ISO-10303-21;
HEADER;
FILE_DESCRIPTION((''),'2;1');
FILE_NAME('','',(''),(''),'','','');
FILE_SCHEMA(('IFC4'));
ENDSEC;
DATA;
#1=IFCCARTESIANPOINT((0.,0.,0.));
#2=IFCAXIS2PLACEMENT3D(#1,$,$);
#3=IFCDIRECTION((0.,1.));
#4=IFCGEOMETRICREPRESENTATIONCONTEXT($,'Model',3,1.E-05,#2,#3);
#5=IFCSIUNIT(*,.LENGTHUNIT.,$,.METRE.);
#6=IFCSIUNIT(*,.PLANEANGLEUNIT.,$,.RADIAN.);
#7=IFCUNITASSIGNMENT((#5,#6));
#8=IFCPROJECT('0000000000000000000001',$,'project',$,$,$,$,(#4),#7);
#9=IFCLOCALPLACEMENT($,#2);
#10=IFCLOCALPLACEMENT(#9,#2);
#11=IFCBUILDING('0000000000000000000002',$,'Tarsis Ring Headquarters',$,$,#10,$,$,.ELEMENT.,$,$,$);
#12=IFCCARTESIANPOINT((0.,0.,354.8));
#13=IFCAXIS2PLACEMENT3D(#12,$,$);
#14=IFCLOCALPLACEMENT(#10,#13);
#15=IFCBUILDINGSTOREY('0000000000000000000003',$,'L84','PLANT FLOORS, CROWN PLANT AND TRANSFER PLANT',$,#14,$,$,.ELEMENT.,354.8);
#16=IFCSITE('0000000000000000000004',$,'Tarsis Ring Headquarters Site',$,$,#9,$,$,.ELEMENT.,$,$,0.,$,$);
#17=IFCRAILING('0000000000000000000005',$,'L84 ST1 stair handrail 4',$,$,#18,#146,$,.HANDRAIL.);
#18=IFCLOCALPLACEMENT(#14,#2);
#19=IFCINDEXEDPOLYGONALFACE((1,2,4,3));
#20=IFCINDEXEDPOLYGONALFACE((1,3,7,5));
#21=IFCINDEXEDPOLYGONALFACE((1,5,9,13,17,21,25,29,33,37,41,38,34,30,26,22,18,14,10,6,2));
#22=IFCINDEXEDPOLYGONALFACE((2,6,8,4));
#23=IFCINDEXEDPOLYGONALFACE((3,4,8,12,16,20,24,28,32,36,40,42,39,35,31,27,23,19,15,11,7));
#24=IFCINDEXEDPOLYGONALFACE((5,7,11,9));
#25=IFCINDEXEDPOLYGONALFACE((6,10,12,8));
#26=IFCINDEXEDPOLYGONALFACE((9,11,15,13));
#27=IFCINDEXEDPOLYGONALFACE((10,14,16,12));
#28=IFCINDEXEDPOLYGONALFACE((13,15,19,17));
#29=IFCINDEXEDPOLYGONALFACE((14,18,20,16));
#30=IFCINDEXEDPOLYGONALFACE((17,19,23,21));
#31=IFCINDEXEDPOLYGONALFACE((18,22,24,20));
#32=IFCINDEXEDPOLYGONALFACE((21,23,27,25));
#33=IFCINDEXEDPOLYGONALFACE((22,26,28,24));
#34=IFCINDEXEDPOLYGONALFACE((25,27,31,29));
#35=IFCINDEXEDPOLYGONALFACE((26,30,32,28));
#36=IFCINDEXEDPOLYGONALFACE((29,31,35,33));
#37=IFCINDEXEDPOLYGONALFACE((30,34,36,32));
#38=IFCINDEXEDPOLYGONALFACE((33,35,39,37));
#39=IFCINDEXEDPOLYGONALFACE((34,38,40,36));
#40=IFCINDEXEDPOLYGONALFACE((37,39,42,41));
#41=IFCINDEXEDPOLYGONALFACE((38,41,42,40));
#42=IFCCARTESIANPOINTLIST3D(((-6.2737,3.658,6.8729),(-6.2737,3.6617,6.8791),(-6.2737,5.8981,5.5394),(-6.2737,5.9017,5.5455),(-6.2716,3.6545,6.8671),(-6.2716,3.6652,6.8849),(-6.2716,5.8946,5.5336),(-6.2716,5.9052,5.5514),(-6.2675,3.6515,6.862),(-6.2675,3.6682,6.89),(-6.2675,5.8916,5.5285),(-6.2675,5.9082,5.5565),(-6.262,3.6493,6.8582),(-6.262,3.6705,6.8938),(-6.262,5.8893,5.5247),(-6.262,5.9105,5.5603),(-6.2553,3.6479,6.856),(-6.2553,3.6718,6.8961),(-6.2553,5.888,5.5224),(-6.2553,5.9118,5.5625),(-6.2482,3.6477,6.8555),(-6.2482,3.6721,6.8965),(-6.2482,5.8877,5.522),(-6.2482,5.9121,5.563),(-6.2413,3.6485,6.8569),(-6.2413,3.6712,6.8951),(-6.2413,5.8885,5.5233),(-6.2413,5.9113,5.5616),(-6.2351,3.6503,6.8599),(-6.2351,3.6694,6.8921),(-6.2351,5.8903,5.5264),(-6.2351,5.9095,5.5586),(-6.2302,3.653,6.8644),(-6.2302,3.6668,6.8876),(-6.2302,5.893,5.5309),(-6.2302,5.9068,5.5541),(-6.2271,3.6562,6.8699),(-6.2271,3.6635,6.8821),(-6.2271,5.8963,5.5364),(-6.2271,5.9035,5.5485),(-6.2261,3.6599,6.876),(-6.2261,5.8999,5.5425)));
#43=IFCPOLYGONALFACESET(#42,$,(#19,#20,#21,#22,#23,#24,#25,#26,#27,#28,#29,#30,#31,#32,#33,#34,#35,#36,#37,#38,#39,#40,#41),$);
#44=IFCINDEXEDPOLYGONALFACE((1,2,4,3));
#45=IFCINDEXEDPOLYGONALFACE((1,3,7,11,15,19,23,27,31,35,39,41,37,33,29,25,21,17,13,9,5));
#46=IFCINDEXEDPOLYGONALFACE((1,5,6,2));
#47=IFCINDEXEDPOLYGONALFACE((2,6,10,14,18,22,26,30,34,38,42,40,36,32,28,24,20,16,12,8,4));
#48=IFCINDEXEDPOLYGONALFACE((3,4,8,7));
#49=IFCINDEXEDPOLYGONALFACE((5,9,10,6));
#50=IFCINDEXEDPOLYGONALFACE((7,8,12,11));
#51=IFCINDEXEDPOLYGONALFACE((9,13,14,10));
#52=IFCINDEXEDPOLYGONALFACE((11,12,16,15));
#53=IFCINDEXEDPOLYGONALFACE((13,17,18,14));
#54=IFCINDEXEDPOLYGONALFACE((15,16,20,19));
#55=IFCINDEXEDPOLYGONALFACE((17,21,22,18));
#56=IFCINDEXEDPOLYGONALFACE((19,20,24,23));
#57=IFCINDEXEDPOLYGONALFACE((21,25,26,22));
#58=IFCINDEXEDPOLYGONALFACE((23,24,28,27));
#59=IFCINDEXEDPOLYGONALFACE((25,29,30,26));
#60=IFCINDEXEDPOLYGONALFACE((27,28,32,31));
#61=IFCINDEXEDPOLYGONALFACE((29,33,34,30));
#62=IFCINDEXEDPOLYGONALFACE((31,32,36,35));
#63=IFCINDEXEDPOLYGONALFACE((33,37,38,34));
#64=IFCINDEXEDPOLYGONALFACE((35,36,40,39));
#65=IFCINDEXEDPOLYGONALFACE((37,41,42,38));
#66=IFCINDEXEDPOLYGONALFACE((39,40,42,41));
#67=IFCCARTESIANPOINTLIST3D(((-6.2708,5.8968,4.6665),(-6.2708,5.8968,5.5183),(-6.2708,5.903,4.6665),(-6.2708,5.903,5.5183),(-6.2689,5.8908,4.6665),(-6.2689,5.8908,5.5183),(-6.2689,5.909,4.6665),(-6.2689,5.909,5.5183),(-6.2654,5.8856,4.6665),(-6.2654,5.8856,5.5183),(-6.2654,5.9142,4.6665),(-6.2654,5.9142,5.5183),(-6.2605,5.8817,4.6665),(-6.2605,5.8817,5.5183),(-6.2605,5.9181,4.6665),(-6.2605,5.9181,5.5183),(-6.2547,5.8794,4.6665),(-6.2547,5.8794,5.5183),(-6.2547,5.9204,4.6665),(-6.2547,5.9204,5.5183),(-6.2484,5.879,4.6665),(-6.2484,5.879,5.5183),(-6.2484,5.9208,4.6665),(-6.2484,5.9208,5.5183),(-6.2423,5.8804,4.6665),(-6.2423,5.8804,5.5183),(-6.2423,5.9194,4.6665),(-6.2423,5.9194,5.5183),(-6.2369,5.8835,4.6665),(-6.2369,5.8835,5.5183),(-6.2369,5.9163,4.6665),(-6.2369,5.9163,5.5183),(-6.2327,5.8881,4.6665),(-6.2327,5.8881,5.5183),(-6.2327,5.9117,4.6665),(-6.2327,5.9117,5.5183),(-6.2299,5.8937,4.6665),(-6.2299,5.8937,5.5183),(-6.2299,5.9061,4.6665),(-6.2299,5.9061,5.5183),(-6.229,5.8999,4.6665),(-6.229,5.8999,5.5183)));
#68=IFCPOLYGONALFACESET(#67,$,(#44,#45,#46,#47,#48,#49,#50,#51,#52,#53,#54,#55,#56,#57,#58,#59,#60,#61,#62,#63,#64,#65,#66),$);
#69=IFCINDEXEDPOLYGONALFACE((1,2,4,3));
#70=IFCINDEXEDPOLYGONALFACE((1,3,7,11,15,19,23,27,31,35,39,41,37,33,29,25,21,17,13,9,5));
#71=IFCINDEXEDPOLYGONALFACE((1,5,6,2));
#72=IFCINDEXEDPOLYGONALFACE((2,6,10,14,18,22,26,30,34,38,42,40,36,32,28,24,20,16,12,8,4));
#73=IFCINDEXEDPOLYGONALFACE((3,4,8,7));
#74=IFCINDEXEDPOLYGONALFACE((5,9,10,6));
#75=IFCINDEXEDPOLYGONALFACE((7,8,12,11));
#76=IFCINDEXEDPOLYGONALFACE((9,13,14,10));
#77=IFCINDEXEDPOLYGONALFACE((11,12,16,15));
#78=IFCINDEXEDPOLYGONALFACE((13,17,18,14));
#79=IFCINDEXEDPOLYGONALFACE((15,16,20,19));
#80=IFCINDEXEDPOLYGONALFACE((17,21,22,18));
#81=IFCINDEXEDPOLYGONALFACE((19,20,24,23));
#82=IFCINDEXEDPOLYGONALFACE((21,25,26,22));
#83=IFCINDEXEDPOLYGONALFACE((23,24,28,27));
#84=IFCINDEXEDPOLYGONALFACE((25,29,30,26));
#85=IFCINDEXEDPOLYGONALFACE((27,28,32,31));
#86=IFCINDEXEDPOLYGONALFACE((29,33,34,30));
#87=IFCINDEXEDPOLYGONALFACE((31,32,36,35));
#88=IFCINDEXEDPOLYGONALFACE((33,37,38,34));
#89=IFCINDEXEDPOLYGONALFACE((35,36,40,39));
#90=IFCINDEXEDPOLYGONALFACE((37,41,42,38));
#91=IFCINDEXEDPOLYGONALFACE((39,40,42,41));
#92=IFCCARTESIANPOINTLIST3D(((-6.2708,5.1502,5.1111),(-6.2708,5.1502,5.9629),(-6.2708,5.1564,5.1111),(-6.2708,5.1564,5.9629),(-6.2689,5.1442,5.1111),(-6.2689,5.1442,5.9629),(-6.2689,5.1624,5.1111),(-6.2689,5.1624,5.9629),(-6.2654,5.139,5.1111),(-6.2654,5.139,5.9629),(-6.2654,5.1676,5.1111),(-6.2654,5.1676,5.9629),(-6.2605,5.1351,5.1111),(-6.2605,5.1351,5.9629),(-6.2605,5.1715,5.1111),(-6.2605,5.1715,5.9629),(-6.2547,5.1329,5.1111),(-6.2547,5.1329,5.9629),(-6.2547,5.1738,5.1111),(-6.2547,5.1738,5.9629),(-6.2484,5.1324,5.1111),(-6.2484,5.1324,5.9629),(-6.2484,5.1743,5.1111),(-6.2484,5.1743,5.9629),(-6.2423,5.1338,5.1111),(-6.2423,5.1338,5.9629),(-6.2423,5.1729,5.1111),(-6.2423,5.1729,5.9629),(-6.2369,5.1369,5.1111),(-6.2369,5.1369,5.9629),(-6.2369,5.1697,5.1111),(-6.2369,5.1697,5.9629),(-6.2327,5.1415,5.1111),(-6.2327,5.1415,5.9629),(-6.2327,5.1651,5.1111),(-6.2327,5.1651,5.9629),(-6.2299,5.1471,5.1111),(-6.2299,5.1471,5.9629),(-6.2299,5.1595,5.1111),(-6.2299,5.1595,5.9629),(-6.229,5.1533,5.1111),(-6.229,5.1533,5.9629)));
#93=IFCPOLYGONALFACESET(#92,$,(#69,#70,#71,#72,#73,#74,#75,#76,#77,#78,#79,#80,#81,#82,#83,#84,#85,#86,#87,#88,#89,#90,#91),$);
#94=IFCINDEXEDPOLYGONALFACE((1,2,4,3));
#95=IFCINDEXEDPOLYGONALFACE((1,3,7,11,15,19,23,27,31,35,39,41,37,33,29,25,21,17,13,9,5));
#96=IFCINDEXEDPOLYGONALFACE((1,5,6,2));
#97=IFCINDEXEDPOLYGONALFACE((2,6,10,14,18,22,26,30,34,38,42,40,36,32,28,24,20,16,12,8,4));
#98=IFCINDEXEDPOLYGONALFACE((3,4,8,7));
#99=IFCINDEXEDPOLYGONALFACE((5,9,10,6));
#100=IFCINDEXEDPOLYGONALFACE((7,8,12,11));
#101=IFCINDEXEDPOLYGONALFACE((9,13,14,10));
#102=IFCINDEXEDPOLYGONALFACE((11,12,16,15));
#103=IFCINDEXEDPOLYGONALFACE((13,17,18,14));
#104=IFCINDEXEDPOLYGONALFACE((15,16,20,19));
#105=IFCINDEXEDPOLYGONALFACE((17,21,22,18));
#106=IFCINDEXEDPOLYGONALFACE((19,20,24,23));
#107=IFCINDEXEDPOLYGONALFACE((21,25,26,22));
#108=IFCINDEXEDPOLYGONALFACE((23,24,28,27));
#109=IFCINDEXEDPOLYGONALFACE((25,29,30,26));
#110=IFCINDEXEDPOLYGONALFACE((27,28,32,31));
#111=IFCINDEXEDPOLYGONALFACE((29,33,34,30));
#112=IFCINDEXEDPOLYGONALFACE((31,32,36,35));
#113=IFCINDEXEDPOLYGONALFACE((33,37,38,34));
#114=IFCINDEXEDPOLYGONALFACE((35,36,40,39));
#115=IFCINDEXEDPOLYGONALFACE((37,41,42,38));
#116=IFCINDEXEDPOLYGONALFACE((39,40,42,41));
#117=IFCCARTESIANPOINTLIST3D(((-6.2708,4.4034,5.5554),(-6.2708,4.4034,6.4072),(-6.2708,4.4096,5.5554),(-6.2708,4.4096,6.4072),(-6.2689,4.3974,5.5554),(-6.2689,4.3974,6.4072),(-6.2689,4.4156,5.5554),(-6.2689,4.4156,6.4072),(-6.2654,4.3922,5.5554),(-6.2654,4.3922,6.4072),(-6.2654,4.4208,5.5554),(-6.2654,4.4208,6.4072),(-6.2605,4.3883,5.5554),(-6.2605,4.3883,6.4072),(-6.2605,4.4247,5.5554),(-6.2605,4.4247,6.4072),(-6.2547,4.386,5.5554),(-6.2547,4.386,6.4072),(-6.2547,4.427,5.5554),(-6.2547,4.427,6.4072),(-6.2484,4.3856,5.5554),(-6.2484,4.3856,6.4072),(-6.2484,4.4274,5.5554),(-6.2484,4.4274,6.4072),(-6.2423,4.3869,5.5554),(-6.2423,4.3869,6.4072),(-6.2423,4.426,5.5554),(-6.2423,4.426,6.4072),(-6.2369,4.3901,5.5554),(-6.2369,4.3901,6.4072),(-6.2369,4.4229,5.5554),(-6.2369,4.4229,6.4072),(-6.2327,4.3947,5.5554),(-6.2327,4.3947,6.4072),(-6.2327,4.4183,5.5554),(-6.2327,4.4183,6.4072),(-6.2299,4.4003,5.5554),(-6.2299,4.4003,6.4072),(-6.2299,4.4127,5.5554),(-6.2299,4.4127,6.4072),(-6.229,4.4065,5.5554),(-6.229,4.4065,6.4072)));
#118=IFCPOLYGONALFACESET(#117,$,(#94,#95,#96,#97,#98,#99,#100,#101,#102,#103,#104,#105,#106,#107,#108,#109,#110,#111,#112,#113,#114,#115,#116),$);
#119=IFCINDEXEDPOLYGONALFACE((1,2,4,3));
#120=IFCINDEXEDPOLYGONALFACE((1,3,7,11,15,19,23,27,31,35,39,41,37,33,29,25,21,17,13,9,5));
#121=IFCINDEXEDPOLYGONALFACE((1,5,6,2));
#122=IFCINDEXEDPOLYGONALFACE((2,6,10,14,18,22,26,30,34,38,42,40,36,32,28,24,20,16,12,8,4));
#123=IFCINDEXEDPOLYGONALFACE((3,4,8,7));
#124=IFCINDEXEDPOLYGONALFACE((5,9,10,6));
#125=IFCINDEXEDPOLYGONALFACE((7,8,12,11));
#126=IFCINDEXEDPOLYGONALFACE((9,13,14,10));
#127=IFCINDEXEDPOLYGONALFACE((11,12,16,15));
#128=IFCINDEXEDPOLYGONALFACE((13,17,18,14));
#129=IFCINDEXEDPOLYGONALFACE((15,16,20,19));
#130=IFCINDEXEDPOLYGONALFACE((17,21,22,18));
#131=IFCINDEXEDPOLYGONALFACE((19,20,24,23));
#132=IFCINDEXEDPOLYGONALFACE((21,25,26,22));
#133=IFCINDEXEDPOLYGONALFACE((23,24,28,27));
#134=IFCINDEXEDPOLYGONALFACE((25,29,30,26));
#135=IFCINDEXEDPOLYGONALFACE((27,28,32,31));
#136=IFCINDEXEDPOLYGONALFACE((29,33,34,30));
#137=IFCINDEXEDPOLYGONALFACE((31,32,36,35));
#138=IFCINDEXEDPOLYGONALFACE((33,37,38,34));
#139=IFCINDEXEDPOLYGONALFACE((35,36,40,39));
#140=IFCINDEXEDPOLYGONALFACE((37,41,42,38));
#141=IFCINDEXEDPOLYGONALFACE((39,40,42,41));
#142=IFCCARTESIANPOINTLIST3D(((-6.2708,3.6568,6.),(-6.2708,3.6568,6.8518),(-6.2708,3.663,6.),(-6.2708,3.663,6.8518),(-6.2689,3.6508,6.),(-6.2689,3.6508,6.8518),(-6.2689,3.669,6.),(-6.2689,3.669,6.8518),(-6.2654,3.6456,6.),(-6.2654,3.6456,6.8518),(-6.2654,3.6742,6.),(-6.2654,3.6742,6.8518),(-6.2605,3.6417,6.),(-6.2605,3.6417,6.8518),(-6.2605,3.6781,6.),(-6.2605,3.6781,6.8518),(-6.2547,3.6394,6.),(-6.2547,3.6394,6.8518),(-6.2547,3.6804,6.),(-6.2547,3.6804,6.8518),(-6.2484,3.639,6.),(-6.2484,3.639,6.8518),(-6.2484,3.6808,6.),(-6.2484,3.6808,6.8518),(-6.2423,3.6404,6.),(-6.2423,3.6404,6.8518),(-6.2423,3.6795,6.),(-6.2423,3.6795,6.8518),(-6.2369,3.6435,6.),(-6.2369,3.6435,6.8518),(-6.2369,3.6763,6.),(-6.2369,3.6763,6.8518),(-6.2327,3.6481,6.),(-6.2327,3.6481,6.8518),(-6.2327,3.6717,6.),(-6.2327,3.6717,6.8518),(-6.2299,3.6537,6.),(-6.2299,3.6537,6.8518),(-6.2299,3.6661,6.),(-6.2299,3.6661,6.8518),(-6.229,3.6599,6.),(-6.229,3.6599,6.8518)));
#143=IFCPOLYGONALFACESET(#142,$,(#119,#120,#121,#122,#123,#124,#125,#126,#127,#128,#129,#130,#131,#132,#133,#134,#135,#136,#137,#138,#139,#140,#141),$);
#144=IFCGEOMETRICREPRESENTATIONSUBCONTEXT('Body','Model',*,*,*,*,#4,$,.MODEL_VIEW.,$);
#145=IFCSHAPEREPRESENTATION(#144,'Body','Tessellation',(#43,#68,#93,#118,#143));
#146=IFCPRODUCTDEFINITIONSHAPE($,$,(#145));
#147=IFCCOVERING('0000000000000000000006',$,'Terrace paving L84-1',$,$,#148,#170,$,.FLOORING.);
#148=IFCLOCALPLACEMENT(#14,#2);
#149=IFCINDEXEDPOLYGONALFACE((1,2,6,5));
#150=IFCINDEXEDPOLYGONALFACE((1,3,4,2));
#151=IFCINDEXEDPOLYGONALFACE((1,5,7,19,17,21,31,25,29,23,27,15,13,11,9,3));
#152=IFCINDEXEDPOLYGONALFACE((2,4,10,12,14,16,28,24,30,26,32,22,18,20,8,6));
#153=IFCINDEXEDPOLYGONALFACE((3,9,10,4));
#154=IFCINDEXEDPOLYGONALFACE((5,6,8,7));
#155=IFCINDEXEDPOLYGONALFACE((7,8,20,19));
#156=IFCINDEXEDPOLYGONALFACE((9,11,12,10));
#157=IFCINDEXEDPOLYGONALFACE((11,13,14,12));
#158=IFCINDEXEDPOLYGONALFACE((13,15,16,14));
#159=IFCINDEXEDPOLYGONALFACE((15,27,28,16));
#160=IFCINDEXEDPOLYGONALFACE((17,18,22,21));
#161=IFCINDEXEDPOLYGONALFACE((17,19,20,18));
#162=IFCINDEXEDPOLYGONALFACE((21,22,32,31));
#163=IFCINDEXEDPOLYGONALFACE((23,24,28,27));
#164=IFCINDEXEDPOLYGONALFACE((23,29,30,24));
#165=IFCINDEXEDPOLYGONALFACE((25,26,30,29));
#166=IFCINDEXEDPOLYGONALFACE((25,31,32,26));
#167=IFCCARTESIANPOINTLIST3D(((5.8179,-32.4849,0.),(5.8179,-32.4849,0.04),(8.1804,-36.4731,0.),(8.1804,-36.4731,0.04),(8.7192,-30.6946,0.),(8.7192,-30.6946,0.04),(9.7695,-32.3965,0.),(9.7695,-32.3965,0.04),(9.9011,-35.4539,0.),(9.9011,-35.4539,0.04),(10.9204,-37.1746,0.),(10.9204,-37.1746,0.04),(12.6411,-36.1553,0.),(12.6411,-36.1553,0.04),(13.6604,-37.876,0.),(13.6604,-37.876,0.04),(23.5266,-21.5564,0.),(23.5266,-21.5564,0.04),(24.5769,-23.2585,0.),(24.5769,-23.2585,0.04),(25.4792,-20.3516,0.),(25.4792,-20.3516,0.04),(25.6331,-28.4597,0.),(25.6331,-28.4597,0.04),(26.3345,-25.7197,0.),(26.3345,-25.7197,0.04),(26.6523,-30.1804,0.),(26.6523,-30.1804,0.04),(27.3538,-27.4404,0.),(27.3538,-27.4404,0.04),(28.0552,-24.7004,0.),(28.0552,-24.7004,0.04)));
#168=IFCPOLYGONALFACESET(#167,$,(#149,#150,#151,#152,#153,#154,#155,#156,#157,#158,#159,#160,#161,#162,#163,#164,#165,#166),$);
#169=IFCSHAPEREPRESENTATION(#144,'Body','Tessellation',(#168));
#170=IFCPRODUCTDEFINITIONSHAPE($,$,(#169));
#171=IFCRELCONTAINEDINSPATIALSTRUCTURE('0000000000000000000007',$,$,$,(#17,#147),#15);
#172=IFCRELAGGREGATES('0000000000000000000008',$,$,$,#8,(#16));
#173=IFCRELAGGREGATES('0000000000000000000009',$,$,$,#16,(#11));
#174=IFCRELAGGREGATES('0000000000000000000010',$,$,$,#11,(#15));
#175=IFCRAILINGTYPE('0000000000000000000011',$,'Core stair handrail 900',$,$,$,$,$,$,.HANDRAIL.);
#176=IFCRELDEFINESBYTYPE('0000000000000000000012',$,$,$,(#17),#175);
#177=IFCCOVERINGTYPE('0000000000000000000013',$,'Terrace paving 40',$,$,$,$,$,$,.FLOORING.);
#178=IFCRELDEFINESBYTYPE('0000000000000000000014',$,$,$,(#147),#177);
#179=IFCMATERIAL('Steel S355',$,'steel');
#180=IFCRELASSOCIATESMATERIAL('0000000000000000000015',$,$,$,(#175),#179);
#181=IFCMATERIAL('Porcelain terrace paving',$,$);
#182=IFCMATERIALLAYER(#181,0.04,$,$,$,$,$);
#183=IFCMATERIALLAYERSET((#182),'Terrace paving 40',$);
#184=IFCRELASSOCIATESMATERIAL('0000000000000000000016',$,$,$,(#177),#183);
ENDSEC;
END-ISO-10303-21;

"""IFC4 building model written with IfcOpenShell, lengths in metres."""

from ifc_helpers import new_model, si_unit, direction, frame, origin, origin_2d, place, context, subcontext, project, spatial, polyline, circle, outline, extrude, material, layer, layer_set, type_object, element, save


model = new_model("IFC4")

# Units and contexts
model_context = context("Model", 3, precision=1e-05, world=origin(), true_north=direction((0.0, 1.0)))
body_context = subcontext(model_context, "Body", "Model", "MODEL_VIEW")
ifc_project = project(units=[si_unit("LENGTHUNIT", "METRE"), si_unit("PLANEANGLEUNIT", "RADIAN")], contexts=[model_context])

# Site, building, storey
site_placement = place(None, origin())
site = spatial("IfcSite", under=ifc_project, at=site_placement, Name="Tarsis Ring Headquarters Site", CompositionType="ELEMENT", RefElevation=0.0)
building_placement = place(site_placement, origin())
building = spatial("IfcBuilding", under=site, at=building_placement, Name="Tarsis Ring Headquarters", CompositionType="ELEMENT")
storey_placement = place(building_placement, frame((0.0, 0.0, 354.8)))
storey = spatial("IfcBuildingStorey", under=building, at=storey_placement, Name="L84", Description="PLANT FLOORS, CROWN PLANT AND TRANSFER PLANT", CompositionType="ELEMENT", Elevation=354.8)

# Shared definitions
ifc_material_1 = material(Name="Steel S355", Category="steel")

# Railing
railing_type_1 = type_object("IfcRailingType", Name="Core stair handrail 900", PredefinedType="HANDRAIL", material=ifc_material_1)
railing_1_placement = place(storey_placement, frame((-6.25, 5.8999, 4.6665)))
element("IfcRailing", 1, at=railing_1_placement, inside=storey, type_object=railing_type_1, Name="L84 ST1 stair handrail 4", PredefinedType="HANDRAIL", context=body_context, shape_type="SweptSolid", body=[
    extrude(circle(Radius=0.0239, at=origin_2d()), frame((0.0, 0.0, 0.876), z_axis=(0.0, -0.859264, 0.511532), x_axis=(1.0, 0.0, 0.0)), (0.0, 0.0, 1.0), 2.6069),
    extrude(circle(Radius=0.021, at=origin_2d()), origin(), (0.0, 0.0, 1.0), 0.8518),
    extrude(circle(Radius=0.021, at=origin_2d()), frame((0.0, -0.7466, 0.4446)), (0.0, 0.0, 1.0), 0.8518),
    extrude(circle(Radius=0.021, at=origin_2d()), frame((0.0, -1.4934, 0.8889)), (0.0, 0.0, 1.0), 0.8518),
    extrude(circle(Radius=0.021, at=origin_2d()), frame((0.0, -2.24, 1.3335)), (0.0, 0.0, 1.0), 0.8518),
])

# Covering
ifc_material_2 = material(Name="Porcelain terrace paving")
ifc_layer_1 = layer(ifc_material_2, 0.04)
ifc_layer_set_1 = layer_set([ifc_layer_1], Name="Terrace paving 40")
covering_type = type_object("IfcCoveringType", Name="Terrace paving 40", PredefinedType="FLOORING", material=ifc_layer_set_1)
covering_placement = place(storey_placement, origin())
element("IfcCovering", 2, at=covering_placement, inside=storey, type_object=covering_type, Name="Terrace paving L84-1", PredefinedType="FLOORING", context=body_context, shape_type="SweptSolid", body=[
    extrude(outline(polyline([(5.8179, -32.4849), (8.7192, -30.6946), (9.7695, -32.3965), (24.5769, -23.2585), (23.5266, -21.5564), (25.4792, -20.3516), (28.0552, -24.7004), (26.3345, -25.7197), (27.3538, -27.4404), (25.6331, -28.4597), (26.6523, -30.1804), (13.6604, -37.876), (12.6411, -36.1553), (10.9204, -37.1746), (9.9011, -35.4539), (8.1804, -36.4731), (5.8179, -32.4849)])), origin(), (0.0, 0.0, 1.0), 0.04),
])

save(model, "model.ifc")
